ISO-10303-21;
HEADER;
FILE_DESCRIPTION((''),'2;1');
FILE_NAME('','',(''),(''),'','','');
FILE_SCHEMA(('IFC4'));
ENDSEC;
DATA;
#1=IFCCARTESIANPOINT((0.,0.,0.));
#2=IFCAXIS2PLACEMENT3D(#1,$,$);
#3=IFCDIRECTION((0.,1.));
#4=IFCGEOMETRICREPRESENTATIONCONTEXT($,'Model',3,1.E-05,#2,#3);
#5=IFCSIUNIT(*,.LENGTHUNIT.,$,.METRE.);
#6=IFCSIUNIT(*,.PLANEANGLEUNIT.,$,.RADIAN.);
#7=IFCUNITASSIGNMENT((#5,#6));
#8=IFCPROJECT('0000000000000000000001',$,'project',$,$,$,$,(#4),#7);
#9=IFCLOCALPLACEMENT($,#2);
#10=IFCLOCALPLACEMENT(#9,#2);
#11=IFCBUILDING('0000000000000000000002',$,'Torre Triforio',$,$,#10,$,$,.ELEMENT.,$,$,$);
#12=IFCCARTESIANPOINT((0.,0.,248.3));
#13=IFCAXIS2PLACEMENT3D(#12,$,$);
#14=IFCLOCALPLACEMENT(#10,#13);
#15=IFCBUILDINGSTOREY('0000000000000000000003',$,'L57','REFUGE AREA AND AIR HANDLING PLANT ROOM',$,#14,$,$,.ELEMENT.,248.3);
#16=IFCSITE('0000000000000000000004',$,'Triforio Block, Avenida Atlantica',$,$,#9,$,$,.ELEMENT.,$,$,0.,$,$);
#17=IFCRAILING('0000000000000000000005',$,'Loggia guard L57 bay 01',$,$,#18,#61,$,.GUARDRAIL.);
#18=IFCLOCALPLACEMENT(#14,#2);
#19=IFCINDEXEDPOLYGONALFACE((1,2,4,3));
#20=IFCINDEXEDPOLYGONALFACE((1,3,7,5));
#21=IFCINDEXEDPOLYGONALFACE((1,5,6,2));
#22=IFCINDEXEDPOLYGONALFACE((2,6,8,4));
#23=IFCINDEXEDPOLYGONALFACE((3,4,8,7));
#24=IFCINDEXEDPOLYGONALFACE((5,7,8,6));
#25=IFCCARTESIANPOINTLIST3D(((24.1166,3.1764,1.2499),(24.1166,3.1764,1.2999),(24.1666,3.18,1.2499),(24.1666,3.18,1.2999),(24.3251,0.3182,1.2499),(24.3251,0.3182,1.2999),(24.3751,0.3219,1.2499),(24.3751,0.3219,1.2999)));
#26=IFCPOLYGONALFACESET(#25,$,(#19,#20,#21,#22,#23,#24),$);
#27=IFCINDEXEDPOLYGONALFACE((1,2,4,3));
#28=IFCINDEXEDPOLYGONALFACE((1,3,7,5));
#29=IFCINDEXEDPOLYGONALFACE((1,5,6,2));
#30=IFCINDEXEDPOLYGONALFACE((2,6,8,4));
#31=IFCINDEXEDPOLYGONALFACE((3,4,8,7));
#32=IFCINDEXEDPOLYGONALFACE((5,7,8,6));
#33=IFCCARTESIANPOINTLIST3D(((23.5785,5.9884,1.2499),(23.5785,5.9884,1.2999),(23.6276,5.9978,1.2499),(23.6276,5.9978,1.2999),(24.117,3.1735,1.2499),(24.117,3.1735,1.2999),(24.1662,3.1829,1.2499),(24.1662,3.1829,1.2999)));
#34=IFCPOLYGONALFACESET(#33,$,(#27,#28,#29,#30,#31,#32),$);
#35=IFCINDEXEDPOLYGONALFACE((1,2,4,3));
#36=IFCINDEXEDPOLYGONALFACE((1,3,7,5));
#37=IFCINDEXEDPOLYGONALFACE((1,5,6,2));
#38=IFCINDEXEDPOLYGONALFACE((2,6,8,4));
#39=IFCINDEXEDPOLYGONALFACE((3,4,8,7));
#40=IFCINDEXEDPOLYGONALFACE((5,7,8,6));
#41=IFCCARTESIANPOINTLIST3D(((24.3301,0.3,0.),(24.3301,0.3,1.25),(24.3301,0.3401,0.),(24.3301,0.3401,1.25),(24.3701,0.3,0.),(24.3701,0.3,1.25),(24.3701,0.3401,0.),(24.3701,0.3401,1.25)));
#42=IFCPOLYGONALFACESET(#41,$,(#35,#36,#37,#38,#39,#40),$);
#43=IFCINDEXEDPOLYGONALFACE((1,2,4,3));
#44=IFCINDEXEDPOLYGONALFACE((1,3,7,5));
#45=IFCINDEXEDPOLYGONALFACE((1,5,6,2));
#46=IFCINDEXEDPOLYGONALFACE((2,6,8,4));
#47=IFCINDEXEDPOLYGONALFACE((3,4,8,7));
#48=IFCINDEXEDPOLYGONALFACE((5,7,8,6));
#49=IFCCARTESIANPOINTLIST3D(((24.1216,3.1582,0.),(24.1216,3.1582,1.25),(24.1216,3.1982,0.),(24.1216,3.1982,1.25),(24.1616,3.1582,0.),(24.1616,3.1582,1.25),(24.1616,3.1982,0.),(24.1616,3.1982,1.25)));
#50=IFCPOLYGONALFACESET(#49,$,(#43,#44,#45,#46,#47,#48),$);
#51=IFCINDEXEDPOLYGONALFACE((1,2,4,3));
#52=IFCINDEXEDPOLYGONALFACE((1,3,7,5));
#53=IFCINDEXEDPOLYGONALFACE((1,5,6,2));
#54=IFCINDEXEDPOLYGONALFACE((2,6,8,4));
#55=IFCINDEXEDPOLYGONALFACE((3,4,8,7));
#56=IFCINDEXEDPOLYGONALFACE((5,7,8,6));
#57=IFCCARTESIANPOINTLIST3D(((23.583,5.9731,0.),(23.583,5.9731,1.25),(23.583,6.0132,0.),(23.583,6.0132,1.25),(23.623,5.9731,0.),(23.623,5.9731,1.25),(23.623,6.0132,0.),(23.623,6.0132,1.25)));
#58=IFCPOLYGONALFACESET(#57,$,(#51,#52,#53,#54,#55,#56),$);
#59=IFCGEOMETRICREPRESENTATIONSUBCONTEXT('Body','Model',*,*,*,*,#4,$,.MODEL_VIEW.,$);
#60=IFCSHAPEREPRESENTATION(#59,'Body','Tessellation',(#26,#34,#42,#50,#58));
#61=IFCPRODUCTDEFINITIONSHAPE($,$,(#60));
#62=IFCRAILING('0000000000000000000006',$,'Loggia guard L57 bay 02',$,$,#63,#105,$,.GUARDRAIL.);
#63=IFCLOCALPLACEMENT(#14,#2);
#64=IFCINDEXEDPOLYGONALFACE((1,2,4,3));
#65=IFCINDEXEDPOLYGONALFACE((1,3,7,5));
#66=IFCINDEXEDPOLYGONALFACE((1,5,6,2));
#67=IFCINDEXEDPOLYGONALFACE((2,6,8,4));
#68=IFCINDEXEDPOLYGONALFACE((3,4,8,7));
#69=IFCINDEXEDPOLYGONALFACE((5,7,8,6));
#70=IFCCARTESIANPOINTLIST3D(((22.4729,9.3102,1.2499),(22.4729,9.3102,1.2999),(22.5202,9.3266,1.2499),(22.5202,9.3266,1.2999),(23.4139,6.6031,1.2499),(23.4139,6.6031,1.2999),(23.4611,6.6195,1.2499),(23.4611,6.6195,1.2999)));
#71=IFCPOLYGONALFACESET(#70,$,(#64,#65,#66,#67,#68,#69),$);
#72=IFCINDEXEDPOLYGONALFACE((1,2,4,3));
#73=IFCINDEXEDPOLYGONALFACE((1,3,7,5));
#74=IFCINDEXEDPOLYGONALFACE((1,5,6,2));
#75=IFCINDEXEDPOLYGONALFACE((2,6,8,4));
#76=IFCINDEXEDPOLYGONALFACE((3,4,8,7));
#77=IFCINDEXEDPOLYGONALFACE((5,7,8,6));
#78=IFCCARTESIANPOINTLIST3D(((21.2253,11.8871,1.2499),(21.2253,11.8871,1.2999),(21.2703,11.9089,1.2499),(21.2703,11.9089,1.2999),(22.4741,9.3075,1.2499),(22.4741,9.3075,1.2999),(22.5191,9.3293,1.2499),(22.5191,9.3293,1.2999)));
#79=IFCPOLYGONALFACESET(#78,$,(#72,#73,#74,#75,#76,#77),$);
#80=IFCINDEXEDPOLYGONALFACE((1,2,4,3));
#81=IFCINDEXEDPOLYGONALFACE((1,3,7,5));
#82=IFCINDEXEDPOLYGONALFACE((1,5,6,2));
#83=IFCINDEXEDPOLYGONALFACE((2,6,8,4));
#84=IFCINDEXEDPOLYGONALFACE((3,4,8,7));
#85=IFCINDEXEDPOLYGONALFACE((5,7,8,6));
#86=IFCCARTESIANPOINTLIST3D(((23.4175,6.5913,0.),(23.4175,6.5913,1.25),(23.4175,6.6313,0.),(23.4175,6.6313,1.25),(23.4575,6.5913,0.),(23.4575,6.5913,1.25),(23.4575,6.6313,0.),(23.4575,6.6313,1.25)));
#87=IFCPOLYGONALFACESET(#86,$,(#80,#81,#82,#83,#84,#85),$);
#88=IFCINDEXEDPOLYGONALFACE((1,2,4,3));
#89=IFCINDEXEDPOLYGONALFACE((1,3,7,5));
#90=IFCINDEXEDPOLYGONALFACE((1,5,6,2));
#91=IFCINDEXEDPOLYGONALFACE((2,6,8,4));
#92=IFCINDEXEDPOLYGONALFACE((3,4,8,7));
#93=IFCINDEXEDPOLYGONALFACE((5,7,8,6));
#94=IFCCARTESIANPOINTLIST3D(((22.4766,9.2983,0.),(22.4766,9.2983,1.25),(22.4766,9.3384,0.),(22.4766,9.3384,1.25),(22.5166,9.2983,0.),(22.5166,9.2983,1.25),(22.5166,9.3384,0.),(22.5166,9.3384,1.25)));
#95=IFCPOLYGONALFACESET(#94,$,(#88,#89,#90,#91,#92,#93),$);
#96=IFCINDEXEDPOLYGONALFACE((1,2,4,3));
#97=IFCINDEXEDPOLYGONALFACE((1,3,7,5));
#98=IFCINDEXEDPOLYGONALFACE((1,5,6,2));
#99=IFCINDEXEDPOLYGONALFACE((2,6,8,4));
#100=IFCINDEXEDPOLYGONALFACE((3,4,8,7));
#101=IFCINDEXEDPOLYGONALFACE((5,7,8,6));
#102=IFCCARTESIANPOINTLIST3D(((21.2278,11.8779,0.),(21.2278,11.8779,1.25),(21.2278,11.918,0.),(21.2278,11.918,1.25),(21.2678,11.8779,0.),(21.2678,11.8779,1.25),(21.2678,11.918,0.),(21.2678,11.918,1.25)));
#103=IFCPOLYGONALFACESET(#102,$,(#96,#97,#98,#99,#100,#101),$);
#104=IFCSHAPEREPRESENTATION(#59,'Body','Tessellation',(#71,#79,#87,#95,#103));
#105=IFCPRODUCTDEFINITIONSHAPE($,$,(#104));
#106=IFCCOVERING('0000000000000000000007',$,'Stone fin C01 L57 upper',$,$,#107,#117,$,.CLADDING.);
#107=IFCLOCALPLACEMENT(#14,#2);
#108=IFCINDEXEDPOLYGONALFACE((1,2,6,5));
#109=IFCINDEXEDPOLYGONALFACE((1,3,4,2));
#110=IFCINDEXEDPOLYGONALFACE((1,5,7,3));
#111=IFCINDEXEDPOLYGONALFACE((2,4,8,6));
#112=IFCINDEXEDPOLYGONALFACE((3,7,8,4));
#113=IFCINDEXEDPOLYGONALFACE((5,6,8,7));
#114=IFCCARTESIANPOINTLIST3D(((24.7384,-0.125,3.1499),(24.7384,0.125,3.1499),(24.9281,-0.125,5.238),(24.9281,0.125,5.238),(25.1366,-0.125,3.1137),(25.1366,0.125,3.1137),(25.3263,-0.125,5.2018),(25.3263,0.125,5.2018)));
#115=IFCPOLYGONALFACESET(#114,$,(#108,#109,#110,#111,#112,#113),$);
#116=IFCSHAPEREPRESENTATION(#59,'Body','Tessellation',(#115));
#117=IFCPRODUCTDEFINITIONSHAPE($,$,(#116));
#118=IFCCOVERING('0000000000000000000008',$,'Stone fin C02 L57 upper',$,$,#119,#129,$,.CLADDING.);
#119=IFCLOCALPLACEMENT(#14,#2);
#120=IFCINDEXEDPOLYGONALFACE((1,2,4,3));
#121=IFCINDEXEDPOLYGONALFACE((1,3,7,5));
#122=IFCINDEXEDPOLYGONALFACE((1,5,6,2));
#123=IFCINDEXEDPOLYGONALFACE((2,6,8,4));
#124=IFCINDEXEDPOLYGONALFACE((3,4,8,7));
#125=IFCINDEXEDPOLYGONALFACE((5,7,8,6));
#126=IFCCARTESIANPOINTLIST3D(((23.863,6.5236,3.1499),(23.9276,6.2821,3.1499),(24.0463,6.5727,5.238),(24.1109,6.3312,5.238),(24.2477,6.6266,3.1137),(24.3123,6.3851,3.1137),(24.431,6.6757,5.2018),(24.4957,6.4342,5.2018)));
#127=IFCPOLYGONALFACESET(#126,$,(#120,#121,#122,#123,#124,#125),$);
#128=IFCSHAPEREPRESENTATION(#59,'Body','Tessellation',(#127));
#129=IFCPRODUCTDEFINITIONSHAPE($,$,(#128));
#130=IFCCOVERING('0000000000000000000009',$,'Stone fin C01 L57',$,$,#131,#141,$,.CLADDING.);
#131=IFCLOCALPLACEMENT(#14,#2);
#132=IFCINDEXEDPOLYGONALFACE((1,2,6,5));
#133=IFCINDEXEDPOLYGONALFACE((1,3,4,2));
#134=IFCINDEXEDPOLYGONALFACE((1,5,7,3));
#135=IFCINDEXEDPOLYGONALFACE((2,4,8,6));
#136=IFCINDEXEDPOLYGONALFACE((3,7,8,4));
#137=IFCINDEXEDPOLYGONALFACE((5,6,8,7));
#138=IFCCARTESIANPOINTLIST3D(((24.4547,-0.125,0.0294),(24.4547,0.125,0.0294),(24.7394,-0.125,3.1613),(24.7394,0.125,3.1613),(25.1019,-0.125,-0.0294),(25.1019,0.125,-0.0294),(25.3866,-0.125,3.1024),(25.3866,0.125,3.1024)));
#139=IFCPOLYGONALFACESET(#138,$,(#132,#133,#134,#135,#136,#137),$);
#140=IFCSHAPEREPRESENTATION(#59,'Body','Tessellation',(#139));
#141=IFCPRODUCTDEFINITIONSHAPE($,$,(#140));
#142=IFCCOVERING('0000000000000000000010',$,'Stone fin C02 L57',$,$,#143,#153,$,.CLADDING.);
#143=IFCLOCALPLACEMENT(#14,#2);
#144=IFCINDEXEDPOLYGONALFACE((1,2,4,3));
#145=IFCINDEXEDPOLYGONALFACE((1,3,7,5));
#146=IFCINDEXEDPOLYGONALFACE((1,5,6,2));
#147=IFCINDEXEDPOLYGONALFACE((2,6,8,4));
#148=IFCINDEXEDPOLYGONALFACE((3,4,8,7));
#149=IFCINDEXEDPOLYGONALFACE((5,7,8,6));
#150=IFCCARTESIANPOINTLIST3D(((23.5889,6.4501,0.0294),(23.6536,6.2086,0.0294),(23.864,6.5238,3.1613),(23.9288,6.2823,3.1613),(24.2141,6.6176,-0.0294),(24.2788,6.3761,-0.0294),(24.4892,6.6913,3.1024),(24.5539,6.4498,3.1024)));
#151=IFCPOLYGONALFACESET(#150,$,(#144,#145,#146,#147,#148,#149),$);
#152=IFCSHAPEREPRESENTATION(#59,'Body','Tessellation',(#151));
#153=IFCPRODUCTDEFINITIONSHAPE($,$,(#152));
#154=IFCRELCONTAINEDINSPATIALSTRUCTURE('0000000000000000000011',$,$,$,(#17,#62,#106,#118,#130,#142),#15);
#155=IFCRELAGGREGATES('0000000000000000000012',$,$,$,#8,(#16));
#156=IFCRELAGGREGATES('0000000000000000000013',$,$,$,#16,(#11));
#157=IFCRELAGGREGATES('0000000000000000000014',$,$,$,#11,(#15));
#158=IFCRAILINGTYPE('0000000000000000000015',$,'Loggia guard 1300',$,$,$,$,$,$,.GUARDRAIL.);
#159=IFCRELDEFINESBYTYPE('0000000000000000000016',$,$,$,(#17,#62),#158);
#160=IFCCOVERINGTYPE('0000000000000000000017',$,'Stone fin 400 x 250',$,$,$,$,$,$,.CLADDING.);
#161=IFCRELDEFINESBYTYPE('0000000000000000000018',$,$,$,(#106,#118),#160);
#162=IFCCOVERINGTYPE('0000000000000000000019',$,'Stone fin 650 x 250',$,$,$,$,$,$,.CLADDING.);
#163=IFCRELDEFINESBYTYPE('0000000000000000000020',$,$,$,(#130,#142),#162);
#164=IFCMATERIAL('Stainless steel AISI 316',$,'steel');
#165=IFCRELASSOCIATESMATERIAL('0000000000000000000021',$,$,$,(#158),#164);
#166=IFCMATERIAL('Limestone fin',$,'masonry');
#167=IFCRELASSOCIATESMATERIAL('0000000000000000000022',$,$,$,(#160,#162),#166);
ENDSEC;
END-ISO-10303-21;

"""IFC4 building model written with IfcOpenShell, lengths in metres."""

from ifc_helpers import new_model, si_unit, direction, frame, origin, origin_2d, place, context, subcontext, project, spatial, rectangle, extrude, material, material_profile, profile_set, type_object, element, save


model = new_model("IFC4")

# Units and contexts
model_context = context("Model", 3, precision=1e-05, world=origin(), true_north=direction((0.0, 1.0)))
body_context = subcontext(model_context, "Body", "Model", "MODEL_VIEW")
ifc_project = project(units=[si_unit("LENGTHUNIT", "METRE"), si_unit("PLANEANGLEUNIT", "RADIAN")], contexts=[model_context])

# Site, building, storey
site_placement = place(None, origin())
site = spatial("IfcSite", under=ifc_project, at=site_placement, Name="Triforio Block, Avenida Atlantica", CompositionType="ELEMENT", RefElevation=0.0)
building_placement = place(site_placement, origin())
building = spatial("IfcBuilding", under=site, at=building_placement, Name="Torre Triforio", CompositionType="ELEMENT")
storey_placement = place(building_placement, frame((0.0, 0.0, 248.3)))
storey = spatial("IfcBuildingStorey", under=building, at=storey_placement, Name="L57", Description="REFUGE AREA AND AIR HANDLING PLANT ROOM", CompositionType="ELEMENT", Elevation=248.3)

# Railings
ifc_material_1 = material(Name="Stainless steel AISI 316", Category="steel")
railing_type = type_object("IfcRailingType", Name="Loggia guard 1300", PredefinedType="GUARDRAIL", material=ifc_material_1)
railing_1_placement = place(storey_placement, frame((24.3501, 0.3201, 0.0)))
element("IfcRailing", 1, at=railing_1_placement, inside=storey, type_object=railing_type, Name="Loggia guard L57 bay 01", PredefinedType="GUARDRAIL", context=body_context, shape_type="SweptSolid", body=[
    extrude(rectangle(XDim=0.05, YDim=0.05, at=origin_2d()), frame((0.0, 0.0, 1.2749), z_axis=(-0.072754, 0.99735, 0.0), x_axis=(-0.99735, -0.072754, 0.0)), (0.0, 0.0, 1.0), 2.8657),
    extrude(rectangle(XDim=0.05, YDim=0.05, at=origin_2d()), frame((-0.2085, 2.8582, 1.2749), z_axis=(-0.187918, 0.982185, 0.0), x_axis=(-0.982185, -0.187918, 0.0)), (0.0, 0.0, 1.0), 2.866),
    extrude(rectangle(XDim=0.04, YDim=0.04, at=origin_2d()), origin(), (0.0, 0.0, 1.0), 1.25),
    extrude(rectangle(XDim=0.04, YDim=0.04, at=origin_2d()), frame((-0.2085, 2.8582, 0.0)), (0.0, 0.0, 1.0), 1.25),
    extrude(rectangle(XDim=0.04, YDim=0.04, at=origin_2d()), frame((-0.7471, 5.6731, 0.0)), (0.0, 0.0, 1.0), 1.25),
])
railing_2_placement = place(storey_placement, frame((23.4375, 6.6113, 0.0)))
element("IfcRailing", 2, at=railing_2_placement, inside=storey, type_object=railing_type, Name="Loggia guard L57 bay 02", PredefinedType="GUARDRAIL", context=body_context, shape_type="SweptSolid", body=[
    extrude(rectangle(XDim=0.05, YDim=0.05, at=origin_2d()), frame((0.0, 0.0, 1.2749), z_axis=(-0.328316, 0.944568, 0.0), x_axis=(-0.944568, -0.328316, 0.0)), (0.0, 0.0, 1.0), 2.866),
    extrude(rectangle(XDim=0.05, YDim=0.05, at=origin_2d()), frame((-0.9409, 2.707, 1.2749), z_axis=(-0.435728, 0.900078, 0.0), x_axis=(-0.900078, -0.435728, 0.0)), (0.0, 0.0, 1.0), 2.866),
    extrude(rectangle(XDim=0.04, YDim=0.04, at=origin_2d()), origin(), (0.0, 0.0, 1.0), 1.25),
    extrude(rectangle(XDim=0.04, YDim=0.04, at=origin_2d()), frame((-0.9409, 2.707, 0.0)), (0.0, 0.0, 1.0), 1.25),
    extrude(rectangle(XDim=0.04, YDim=0.04, at=origin_2d()), frame((-2.1897, 5.2866, 0.0)), (0.0, 0.0, 1.0), 1.25),
])

# Coverings
ifc_material_2 = material(Name="Limestone fin", Category="masonry")
ifc_material_profile_1 = material_profile(ifc_material_2, rectangle(XDim=0.3999, YDim=0.25, at=origin_2d()), Name="FIN 400x250")
ifc_profile_set_1 = profile_set([ifc_material_profile_1], Name="Limestone fin")
covering_type_1 = type_object("IfcCoveringType", Name="Stone fin 400 x 250", PredefinedType="CLADDING", material=ifc_profile_set_1)
for number, where, z_axis, x_axis, name in (
    (3, (24.9375, 0.0, 3.1318), (0.090473, 0.0, 0.995899), (-0.995899, 0.0, 0.090473), "Stone fin C01 L57 upper"),
    (4, (24.0876, 6.4543, 3.1318), (0.087445, 0.023404, 0.995894), (-0.962034, -0.257482, 0.090523), "Stone fin C02 L57 upper"),
):
    element("IfcCovering", number, at=place(storey_placement, frame(where, z_axis=z_axis, x_axis=x_axis)), inside=storey, type_object=covering_type_1, Name=name, PredefinedType="CLADDING", context=body_context, shape_type="SweptSolid", body=[
        extrude(rectangle(XDim=0.3999, YDim=0.25, at=origin_2d()), origin(), (0.0, 0.0, 1.0), 2.0967),
    ])
ifc_material_profile_2 = material_profile(ifc_material_2, rectangle(XDim=0.6499, YDim=0.25, at=origin_2d()), Name="FIN 650x250")
ifc_profile_set_2 = profile_set([ifc_material_profile_2], Name="Limestone fin")
covering_type_2 = type_object("IfcCoveringType", Name="Stone fin 650 x 250", PredefinedType="CLADDING", material=ifc_profile_set_2)
for number, where, z_axis, x_axis, name in (
    (5, (24.7783, 0.0, 0.0), (0.090522, 0.0, 0.995894), (-0.995894, 0.0, 0.090522), "Stone fin C01 L57"),
    (6, (23.9338, 6.4131, 0.0), (0.087494, 0.023445, 0.995889), (-0.961951, -0.257772, 0.09058), "Stone fin C02 L57"),
):
    element("IfcCovering", number, at=place(storey_placement, frame(where, z_axis=z_axis, x_axis=x_axis)), inside=storey, type_object=covering_type_2, Name=name, PredefinedType="CLADDING", context=body_context, shape_type="SweptSolid", body=[
        extrude(rectangle(XDim=0.6499, YDim=0.25, at=origin_2d()), origin(), (0.0, 0.0, 1.0), 3.1448),
    ])

save(model, "model.ifc")
